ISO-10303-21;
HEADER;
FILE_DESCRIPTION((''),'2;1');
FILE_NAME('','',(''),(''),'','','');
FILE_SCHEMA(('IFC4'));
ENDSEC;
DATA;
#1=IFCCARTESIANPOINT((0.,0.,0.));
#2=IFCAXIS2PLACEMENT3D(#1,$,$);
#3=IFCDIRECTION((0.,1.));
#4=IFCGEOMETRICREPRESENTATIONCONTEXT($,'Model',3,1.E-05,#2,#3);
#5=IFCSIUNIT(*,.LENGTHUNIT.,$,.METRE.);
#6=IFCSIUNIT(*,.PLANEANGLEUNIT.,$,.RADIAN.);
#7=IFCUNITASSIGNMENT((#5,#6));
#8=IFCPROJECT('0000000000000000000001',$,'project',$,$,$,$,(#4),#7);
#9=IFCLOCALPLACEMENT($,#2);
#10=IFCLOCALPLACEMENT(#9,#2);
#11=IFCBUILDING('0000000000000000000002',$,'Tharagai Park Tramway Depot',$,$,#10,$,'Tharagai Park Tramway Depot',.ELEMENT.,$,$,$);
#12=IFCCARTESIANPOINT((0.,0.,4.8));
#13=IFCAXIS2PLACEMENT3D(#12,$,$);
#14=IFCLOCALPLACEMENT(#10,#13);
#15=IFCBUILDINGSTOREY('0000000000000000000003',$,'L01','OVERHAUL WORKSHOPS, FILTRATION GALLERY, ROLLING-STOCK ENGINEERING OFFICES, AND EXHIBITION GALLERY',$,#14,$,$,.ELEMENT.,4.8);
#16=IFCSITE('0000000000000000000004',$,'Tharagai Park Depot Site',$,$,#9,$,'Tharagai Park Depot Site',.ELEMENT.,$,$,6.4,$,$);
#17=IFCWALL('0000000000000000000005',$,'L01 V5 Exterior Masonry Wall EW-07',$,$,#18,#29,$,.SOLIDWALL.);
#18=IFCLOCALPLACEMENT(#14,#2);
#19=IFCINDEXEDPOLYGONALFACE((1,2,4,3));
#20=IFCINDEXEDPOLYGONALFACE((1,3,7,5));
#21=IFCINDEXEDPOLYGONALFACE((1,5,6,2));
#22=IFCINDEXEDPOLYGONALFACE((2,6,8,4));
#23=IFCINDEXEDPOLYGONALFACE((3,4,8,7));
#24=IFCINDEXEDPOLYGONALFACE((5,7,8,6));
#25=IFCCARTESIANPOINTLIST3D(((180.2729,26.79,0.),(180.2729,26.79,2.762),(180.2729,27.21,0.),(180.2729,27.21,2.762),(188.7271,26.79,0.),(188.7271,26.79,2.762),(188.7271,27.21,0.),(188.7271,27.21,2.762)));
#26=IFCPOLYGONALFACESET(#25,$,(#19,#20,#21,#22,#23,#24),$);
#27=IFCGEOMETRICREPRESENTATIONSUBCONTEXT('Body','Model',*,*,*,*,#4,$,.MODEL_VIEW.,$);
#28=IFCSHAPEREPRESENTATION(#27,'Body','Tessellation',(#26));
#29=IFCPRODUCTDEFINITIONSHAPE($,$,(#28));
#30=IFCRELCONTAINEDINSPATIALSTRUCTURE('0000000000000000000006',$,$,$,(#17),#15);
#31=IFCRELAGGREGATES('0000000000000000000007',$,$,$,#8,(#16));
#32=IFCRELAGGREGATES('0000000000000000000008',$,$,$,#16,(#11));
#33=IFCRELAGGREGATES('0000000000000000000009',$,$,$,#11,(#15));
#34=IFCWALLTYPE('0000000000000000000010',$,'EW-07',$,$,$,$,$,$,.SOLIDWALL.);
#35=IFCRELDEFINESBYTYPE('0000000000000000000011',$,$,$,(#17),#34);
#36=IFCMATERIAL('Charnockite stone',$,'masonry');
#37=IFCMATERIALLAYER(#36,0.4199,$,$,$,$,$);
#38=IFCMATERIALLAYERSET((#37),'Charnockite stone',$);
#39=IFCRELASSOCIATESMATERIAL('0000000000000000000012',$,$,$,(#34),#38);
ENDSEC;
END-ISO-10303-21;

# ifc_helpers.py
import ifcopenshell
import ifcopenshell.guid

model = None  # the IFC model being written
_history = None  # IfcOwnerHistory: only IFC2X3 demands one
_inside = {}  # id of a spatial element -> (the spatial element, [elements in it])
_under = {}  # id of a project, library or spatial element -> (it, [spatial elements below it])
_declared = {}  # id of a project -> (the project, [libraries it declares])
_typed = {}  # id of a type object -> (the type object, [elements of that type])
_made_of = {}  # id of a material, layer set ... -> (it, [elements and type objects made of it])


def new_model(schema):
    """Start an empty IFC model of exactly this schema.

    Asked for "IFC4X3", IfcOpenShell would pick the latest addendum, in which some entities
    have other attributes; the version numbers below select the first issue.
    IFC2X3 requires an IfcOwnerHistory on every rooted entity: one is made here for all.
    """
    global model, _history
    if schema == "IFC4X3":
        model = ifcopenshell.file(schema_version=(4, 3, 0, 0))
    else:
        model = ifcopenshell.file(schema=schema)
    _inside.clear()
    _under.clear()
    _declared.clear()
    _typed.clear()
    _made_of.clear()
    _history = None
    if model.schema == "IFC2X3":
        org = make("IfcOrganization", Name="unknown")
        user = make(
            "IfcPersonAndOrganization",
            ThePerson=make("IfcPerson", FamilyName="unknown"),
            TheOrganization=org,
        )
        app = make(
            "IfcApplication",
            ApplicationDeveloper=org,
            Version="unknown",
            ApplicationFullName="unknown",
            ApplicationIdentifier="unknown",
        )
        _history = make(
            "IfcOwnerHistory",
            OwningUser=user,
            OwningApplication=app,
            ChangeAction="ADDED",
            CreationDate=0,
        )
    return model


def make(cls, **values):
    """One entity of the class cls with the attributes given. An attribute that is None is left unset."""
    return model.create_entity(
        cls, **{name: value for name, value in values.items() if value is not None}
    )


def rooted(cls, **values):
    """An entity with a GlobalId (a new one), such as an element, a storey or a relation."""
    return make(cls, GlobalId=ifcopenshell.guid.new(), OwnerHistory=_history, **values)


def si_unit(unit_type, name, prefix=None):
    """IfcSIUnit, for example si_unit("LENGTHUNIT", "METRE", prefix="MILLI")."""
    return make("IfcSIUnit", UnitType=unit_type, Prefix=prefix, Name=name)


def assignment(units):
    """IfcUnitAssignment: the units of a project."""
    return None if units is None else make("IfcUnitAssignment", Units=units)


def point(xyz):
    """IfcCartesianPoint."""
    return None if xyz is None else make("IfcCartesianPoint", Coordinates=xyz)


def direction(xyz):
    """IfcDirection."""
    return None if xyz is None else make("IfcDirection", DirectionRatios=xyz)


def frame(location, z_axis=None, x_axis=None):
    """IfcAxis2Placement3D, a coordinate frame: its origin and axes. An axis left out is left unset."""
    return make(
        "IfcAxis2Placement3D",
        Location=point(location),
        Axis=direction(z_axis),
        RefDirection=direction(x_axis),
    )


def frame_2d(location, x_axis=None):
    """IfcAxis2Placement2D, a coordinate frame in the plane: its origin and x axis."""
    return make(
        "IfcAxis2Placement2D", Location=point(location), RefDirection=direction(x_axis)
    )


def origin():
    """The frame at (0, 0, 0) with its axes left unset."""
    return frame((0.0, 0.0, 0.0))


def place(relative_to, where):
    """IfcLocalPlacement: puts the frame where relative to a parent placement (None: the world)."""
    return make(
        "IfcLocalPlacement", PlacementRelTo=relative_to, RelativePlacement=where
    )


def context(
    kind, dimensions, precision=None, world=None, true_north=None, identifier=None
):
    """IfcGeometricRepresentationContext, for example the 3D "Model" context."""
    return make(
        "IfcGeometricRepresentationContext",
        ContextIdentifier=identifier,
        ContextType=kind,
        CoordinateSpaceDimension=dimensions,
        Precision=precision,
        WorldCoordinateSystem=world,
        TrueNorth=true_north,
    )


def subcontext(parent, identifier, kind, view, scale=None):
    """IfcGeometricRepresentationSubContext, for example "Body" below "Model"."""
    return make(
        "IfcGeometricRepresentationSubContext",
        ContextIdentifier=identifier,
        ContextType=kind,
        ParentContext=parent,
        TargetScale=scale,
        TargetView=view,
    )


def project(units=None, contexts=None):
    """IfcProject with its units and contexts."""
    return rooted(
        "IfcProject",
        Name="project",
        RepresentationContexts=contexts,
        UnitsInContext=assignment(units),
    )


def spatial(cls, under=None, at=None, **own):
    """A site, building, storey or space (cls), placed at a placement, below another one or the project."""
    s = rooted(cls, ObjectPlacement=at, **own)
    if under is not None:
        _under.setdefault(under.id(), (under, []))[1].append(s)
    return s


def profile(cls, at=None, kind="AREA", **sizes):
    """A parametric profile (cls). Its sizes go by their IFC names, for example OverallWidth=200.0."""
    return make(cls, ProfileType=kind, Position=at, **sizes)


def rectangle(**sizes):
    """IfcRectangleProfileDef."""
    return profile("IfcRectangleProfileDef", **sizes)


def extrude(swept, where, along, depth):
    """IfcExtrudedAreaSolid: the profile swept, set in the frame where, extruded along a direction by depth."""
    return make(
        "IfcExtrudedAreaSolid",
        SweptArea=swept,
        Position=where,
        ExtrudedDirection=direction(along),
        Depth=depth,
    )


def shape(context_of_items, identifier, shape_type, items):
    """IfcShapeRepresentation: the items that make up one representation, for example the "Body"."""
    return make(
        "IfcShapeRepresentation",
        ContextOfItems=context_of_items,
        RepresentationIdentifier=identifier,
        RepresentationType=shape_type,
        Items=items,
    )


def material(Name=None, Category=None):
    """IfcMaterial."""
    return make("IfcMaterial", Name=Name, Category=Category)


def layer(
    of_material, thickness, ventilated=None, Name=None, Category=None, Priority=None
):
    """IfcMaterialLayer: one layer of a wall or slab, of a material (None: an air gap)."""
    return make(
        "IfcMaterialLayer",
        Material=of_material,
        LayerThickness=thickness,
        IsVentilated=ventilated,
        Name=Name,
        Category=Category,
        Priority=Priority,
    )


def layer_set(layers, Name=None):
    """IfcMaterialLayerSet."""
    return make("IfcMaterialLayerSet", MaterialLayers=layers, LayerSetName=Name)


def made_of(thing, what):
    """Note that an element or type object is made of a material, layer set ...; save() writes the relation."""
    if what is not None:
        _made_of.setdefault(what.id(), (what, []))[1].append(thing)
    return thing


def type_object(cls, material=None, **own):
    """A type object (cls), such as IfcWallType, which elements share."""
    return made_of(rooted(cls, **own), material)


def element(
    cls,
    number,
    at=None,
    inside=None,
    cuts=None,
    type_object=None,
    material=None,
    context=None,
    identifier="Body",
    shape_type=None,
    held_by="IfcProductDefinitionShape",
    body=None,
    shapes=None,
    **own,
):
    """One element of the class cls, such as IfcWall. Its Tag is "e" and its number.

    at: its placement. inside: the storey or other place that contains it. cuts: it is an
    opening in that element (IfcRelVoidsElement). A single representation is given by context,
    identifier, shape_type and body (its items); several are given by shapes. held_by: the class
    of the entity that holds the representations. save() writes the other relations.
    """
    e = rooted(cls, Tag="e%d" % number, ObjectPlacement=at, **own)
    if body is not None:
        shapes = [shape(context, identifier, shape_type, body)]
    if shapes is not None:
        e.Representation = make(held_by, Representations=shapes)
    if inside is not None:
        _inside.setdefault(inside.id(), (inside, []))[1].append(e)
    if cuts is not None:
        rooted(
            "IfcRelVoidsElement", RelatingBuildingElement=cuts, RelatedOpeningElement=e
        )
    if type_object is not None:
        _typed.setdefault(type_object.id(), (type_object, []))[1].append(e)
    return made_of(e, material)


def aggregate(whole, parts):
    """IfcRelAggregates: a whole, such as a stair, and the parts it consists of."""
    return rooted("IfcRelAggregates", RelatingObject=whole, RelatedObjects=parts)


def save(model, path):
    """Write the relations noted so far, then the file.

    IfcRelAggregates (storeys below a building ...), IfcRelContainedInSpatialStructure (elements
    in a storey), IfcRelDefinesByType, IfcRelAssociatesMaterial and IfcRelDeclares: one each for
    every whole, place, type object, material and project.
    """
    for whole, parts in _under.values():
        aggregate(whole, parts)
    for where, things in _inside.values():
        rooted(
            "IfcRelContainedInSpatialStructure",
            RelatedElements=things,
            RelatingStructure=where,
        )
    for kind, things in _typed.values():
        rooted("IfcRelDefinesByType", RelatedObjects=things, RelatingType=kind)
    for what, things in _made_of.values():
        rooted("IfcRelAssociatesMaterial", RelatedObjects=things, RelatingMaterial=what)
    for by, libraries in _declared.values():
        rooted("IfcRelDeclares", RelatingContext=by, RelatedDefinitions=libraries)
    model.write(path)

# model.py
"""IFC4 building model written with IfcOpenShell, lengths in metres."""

from ifc_helpers import new_model, si_unit, direction, frame, frame_2d, origin, place, context, subcontext, project, spatial, rectangle, extrude, material, layer, layer_set, type_object, element, save


model = new_model("IFC4")

# Units and contexts
model_context = context("Model", 3, precision=1e-05, world=origin(), true_north=direction((0.0, 1.0)))
body_context = subcontext(model_context, "Body", "Model", "MODEL_VIEW")
ifc_project = project(units=[si_unit("LENGTHUNIT", "METRE"), si_unit("PLANEANGLEUNIT", "RADIAN")], contexts=[model_context])

# Site, building, storey
site_placement = place(None, origin())
site = spatial("IfcSite", under=ifc_project, at=site_placement, Name="Tharagai Park Depot Site", LongName="Tharagai Park Depot Site", CompositionType="ELEMENT", RefElevation=6.4)
building_placement = place(site_placement, origin())
building = spatial("IfcBuilding", under=site, at=building_placement, Name="Tharagai Park Tramway Depot", LongName="Tharagai Park Tramway Depot", CompositionType="ELEMENT")
storey_placement = place(building_placement, frame((0.0, 0.0, 4.8)))
storey = spatial("IfcBuildingStorey", under=building, at=storey_placement, Name="L01", Description="OVERHAUL WORKSHOPS, FILTRATION GALLERY, ROLLING-STOCK ENGINEERING OFFICES, AND EXHIBITION GALLERY", CompositionType="ELEMENT", Elevation=4.8)

# Wall
ifc_material_1 = material(Name="Charnockite stone", Category="masonry")
ifc_layer_1 = layer(ifc_material_1, 0.4199)
ifc_layer_set_1 = layer_set([ifc_layer_1], Name="Charnockite stone")
wall_type = type_object("IfcWallType", Name="EW-07", PredefinedType="SOLIDWALL", material=ifc_layer_set_1)
wall_placement = place(storey_placement, frame((180.2729, 27.0, 0.0), z_axis=(0.0, 0.0, 1.0), x_axis=(1.0, 0.0, 0.0)))
element("IfcWall", 1, at=wall_placement, inside=storey, type_object=wall_type, Name="L01 V5 Exterior Masonry Wall EW-07", PredefinedType="SOLIDWALL", context=body_context, shape_type="SweptSolid", body=[
    extrude(rectangle(XDim=8.4541, YDim=0.4199, at=frame_2d((4.2271, 0.0))), origin(), (0.0, 0.0, 1.0), 2.762),
])

save(model, "model.ifc")
